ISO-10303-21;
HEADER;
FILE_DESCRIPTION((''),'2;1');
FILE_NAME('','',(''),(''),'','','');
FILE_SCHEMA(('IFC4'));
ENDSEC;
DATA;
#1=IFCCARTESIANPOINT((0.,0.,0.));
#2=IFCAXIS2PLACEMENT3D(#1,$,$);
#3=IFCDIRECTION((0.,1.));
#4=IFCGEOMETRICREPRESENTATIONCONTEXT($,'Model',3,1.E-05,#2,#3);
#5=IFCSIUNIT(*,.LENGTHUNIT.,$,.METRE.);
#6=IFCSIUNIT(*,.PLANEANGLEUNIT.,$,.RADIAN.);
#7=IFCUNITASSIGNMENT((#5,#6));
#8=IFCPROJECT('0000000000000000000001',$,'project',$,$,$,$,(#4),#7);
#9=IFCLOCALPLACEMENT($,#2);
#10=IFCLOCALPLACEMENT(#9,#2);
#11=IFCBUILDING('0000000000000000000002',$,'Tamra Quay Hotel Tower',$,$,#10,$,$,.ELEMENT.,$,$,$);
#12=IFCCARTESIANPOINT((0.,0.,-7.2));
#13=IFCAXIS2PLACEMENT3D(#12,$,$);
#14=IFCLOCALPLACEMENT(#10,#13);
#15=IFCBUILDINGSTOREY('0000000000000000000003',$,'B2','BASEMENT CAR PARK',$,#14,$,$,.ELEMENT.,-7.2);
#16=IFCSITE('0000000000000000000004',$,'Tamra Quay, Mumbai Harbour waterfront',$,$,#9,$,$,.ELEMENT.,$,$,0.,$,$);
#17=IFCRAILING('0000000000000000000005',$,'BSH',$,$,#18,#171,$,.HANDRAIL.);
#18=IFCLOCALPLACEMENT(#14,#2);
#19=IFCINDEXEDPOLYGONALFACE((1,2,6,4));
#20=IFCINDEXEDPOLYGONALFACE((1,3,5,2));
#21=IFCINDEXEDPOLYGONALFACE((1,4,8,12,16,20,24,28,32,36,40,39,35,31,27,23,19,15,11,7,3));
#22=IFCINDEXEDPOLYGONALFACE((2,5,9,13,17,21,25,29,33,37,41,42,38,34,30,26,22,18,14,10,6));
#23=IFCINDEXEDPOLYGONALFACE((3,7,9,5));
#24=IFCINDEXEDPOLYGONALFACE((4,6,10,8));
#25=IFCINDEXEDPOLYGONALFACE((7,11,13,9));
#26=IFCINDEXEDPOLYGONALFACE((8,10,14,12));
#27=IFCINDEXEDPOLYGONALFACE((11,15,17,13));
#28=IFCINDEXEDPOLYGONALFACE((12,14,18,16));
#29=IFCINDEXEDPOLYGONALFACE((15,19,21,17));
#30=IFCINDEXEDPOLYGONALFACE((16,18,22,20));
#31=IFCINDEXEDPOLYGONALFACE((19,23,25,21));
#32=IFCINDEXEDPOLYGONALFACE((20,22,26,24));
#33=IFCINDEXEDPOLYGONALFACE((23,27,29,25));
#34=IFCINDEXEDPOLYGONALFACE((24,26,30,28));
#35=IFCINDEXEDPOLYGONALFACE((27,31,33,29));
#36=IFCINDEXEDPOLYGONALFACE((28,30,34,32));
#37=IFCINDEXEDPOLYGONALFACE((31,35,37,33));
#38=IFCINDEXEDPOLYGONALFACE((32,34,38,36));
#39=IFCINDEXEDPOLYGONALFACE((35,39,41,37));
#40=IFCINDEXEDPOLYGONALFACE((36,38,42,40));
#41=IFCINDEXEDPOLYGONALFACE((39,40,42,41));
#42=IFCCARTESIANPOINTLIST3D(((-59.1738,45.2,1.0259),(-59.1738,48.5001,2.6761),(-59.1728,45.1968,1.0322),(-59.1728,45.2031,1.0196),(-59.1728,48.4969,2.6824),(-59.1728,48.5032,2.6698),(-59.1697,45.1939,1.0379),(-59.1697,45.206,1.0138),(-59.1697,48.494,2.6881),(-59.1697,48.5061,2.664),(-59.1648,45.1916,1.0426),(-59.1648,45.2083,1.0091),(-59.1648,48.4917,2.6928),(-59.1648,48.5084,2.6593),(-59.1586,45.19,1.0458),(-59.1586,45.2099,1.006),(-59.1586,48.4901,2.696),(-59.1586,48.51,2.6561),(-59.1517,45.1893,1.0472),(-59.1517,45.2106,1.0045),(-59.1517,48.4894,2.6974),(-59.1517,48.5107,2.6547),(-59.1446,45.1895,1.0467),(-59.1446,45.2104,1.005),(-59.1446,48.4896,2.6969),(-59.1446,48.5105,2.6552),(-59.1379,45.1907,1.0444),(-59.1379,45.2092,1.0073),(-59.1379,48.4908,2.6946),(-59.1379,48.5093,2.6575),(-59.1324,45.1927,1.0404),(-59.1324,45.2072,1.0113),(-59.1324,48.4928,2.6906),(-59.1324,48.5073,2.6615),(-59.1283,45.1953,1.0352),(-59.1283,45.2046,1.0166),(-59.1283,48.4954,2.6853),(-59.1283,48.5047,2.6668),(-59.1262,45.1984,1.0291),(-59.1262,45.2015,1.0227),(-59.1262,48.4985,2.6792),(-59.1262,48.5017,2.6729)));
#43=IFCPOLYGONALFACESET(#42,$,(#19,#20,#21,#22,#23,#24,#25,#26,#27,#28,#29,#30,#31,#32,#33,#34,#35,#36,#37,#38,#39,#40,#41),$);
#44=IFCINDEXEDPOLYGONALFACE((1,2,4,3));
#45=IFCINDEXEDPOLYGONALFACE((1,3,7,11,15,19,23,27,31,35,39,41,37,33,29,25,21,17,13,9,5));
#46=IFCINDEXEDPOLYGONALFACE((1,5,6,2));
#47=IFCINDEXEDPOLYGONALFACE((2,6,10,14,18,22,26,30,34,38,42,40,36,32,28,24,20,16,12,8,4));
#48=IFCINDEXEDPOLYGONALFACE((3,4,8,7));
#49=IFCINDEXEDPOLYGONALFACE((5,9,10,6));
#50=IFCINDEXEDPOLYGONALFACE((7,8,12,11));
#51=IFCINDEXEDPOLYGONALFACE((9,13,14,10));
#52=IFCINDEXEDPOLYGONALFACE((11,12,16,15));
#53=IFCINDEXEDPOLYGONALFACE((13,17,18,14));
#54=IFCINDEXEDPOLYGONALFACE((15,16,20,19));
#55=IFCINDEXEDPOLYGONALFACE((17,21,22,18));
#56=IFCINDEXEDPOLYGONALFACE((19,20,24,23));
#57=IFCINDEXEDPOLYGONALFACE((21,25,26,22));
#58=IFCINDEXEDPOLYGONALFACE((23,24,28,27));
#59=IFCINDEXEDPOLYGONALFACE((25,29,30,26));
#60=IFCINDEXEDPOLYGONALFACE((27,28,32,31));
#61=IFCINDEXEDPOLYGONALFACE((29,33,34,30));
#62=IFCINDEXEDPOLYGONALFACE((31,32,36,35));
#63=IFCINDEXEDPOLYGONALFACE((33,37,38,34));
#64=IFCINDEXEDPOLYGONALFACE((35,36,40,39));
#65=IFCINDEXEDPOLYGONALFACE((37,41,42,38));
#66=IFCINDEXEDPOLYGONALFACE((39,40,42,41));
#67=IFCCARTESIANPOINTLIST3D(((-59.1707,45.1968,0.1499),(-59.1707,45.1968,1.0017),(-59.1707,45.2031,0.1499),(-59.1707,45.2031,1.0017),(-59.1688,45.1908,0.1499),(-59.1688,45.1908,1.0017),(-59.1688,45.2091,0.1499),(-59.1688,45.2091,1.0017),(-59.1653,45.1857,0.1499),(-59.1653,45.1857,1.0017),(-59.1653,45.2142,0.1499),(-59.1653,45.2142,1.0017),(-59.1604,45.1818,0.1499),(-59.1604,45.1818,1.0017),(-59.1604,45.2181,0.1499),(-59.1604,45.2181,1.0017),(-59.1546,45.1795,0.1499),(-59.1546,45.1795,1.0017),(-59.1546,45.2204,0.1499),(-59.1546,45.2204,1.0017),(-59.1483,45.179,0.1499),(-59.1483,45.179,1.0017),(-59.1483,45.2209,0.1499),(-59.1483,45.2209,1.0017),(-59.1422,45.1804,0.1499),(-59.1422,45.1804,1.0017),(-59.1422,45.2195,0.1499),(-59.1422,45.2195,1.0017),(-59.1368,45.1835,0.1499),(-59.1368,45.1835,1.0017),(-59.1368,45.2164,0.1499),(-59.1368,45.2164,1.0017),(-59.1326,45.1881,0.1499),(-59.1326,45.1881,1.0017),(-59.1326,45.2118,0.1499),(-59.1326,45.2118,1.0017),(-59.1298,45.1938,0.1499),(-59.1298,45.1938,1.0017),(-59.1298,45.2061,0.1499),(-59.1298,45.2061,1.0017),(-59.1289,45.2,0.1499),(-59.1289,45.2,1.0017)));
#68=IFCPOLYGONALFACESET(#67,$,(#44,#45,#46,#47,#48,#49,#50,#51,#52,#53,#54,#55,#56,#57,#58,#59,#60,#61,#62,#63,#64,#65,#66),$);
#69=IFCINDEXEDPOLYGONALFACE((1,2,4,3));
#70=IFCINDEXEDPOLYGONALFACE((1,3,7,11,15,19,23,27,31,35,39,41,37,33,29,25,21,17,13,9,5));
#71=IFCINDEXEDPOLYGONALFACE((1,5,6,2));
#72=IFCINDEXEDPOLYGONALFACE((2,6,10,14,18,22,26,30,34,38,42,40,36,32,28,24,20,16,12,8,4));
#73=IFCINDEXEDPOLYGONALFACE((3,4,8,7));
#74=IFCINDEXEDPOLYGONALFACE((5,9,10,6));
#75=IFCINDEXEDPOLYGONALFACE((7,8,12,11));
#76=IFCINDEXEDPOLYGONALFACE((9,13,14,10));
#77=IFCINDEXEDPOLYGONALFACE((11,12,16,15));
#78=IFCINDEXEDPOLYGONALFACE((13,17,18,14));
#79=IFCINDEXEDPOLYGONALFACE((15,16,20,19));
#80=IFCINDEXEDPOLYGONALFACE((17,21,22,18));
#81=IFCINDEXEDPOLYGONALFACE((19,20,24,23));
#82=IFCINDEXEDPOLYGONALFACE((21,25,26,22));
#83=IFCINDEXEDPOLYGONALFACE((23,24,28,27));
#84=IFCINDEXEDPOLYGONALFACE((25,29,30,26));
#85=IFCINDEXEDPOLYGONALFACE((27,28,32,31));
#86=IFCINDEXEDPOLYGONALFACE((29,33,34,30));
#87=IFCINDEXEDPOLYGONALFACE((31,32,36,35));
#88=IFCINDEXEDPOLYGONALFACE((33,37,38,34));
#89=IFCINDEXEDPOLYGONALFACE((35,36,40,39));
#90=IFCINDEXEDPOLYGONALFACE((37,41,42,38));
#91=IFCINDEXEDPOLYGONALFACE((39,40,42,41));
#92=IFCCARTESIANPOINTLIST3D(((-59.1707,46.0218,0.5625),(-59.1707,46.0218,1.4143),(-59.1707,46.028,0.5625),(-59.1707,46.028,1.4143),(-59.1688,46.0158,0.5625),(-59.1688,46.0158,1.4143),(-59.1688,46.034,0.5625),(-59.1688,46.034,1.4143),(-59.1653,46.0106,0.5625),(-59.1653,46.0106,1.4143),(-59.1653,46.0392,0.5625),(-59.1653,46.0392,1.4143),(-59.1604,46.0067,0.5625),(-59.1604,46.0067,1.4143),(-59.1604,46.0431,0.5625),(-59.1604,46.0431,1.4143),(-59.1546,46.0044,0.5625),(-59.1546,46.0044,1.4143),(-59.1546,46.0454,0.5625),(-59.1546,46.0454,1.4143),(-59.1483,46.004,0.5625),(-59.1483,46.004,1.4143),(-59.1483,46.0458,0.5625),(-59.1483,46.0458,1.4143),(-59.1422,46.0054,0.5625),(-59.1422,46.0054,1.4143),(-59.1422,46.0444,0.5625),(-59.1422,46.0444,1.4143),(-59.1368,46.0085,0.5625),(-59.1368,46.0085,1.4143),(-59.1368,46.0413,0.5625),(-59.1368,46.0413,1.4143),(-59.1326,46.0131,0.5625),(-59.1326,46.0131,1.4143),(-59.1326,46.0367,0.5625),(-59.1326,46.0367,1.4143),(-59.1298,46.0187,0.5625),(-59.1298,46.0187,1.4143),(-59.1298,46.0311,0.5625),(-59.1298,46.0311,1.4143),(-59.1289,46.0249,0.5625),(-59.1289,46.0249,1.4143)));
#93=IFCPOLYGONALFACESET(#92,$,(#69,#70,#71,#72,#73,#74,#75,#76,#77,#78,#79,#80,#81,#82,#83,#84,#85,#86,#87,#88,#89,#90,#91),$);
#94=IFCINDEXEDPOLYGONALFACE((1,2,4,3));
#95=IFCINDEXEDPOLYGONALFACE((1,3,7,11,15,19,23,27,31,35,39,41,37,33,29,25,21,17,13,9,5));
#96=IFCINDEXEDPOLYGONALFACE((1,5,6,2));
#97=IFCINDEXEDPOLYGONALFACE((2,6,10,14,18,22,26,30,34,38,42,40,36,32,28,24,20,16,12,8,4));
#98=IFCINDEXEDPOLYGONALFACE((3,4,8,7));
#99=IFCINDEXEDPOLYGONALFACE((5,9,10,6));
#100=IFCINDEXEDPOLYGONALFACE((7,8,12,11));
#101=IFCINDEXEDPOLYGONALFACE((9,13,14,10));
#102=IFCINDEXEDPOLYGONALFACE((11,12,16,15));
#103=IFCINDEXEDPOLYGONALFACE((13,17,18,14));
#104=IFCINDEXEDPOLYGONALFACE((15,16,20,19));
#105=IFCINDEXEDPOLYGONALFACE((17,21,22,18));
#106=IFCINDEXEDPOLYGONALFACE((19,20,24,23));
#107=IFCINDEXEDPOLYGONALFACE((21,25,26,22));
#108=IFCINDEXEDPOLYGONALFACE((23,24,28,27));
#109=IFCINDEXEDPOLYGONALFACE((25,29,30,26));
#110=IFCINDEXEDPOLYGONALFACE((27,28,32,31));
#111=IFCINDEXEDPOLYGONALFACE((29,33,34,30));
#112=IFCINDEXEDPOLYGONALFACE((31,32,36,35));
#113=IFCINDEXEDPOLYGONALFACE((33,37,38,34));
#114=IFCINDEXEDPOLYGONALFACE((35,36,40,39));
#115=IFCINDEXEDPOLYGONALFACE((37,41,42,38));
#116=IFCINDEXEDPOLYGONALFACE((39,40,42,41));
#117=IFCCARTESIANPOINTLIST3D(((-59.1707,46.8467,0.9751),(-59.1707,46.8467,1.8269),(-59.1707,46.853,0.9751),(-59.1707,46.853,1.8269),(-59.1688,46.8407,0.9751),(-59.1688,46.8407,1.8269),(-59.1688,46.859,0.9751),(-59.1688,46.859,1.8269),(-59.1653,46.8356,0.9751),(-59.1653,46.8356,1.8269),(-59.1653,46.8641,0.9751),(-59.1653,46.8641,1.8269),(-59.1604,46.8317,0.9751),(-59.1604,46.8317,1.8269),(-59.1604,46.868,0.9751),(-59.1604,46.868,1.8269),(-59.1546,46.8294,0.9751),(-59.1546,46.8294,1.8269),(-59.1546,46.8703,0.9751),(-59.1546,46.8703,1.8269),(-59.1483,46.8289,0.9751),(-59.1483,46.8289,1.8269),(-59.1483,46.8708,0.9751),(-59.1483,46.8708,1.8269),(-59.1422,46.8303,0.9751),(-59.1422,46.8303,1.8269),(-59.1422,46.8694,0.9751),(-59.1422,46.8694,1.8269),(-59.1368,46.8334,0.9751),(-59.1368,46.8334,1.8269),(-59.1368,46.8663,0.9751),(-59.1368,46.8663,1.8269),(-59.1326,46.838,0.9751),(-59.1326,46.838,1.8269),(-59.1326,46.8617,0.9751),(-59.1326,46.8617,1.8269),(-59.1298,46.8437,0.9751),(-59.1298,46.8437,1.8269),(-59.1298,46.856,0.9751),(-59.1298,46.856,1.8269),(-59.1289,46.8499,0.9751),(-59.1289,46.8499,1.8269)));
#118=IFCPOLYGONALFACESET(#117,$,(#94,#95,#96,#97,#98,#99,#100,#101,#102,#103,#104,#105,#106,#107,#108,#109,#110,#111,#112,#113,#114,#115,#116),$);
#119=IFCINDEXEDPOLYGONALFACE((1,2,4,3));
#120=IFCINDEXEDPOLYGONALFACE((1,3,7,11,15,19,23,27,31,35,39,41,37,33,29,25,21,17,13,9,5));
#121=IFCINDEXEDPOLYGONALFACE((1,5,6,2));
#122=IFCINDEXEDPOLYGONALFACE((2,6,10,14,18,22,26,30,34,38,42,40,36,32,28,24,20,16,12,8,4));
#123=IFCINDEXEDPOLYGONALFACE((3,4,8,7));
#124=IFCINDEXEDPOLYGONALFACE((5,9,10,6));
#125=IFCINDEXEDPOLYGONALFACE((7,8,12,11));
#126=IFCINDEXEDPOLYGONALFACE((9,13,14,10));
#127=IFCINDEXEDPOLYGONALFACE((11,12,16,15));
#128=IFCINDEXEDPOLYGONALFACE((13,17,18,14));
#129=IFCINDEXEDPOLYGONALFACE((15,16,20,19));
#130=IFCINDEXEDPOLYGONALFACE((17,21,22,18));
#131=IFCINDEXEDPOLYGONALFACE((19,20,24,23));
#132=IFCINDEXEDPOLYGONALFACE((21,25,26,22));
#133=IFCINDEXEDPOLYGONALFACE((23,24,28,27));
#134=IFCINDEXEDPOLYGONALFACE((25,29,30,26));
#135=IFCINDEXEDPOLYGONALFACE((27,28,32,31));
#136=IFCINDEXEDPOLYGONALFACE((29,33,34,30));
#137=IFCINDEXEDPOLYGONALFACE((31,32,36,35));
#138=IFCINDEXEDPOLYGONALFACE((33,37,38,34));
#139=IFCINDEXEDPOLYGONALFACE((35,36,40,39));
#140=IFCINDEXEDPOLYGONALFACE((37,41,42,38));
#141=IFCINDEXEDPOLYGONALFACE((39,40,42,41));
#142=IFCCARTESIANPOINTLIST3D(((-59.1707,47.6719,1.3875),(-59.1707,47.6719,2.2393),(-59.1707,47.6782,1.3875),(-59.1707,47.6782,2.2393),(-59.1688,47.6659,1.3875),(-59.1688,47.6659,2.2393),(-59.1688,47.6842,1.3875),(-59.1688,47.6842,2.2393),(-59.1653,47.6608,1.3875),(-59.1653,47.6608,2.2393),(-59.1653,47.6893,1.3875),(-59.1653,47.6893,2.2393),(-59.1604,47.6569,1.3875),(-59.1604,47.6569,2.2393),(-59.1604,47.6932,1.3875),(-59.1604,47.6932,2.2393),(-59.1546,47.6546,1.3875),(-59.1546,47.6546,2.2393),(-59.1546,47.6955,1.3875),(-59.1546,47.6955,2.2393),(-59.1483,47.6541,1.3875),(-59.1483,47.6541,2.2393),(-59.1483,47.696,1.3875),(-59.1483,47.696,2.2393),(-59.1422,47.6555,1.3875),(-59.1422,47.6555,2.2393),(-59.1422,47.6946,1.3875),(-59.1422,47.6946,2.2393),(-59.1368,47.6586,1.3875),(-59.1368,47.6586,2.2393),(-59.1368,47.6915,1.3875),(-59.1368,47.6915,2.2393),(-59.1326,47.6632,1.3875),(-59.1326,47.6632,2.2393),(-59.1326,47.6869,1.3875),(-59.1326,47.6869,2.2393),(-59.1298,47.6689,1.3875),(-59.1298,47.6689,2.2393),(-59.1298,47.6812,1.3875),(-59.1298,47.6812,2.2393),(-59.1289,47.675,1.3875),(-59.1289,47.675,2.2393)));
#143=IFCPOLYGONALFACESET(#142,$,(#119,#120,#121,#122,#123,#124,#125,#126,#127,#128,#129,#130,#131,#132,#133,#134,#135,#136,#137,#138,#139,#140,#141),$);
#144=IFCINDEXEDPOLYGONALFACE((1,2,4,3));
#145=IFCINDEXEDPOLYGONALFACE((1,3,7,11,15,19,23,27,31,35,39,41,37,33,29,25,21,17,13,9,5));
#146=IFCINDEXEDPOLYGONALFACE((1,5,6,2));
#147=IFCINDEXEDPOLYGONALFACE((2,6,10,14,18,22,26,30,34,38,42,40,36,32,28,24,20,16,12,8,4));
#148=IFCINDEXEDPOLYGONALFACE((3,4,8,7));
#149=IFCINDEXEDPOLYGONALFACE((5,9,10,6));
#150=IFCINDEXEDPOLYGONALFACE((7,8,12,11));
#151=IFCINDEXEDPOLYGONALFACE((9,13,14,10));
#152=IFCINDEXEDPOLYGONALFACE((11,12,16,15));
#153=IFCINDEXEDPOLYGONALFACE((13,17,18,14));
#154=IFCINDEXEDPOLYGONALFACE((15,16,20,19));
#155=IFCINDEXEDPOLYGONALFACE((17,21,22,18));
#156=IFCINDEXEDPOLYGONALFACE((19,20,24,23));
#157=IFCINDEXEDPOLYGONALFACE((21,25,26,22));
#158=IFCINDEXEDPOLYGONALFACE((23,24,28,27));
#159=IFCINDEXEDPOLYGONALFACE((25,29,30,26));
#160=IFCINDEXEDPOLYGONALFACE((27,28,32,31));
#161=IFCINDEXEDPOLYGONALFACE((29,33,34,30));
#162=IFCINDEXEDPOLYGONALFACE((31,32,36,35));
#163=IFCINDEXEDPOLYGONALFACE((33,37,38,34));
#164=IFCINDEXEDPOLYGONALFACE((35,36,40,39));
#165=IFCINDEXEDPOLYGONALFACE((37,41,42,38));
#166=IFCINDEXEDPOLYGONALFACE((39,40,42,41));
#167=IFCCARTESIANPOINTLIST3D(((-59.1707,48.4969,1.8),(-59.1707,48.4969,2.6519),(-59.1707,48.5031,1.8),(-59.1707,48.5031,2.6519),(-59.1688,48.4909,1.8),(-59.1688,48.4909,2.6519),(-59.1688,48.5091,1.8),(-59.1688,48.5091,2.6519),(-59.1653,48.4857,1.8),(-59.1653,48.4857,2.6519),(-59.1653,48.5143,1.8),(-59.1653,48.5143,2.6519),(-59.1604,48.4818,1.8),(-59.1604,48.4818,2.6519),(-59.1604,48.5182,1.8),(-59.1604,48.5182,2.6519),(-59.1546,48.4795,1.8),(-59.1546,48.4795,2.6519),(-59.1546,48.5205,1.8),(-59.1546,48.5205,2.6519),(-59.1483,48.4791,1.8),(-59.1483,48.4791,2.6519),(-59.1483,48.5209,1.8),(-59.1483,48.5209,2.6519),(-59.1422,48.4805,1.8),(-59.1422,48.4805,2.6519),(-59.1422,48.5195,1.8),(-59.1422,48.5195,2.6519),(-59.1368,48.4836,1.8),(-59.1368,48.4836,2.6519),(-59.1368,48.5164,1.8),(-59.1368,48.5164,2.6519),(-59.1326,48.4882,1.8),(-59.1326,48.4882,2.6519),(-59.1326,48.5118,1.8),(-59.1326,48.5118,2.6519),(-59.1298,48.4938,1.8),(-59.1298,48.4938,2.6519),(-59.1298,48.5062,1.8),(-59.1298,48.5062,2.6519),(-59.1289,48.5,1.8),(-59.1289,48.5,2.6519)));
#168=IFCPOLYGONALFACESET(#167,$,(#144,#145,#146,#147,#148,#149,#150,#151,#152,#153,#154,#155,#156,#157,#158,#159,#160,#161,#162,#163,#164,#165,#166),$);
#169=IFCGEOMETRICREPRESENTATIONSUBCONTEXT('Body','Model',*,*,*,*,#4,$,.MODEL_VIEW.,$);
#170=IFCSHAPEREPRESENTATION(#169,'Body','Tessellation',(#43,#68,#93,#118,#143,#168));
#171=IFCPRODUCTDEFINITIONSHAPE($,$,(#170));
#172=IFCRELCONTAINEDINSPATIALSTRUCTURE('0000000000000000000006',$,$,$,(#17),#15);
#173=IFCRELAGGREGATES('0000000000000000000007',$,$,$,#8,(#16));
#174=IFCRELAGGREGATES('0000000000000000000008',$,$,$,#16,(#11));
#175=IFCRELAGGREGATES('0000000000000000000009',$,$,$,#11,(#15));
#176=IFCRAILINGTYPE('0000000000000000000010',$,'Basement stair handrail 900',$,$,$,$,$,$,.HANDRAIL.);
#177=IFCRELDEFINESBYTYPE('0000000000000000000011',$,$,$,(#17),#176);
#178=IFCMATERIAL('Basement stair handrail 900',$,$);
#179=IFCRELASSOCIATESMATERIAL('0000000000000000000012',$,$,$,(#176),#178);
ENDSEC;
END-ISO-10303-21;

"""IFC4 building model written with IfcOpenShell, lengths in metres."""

from ifc_helpers import new_model, si_unit, direction, frame, origin, origin_2d, place, context, subcontext, project, spatial, circle, extrude, material, type_object, element, save


model = new_model("IFC4")

# Units and contexts
model_context = context("Model", 3, precision=1e-05, world=origin(), true_north=direction((0.0, 1.0)))
body_context = subcontext(model_context, "Body", "Model", "MODEL_VIEW")
ifc_project = project(units=[si_unit("LENGTHUNIT", "METRE"), si_unit("PLANEANGLEUNIT", "RADIAN")], contexts=[model_context])

# Site, building, storey
site_placement = place(None, origin())
site = spatial("IfcSite", under=ifc_project, at=site_placement, Name="Tamra Quay, Mumbai Harbour waterfront", CompositionType="ELEMENT", RefElevation=0.0)
building_placement = place(site_placement, origin())
building = spatial("IfcBuilding", under=site, at=building_placement, Name="Tamra Quay Hotel Tower", CompositionType="ELEMENT")
storey_placement = place(building_placement, frame((0.0, 0.0, -7.2)))
storey = spatial("IfcBuildingStorey", under=building, at=storey_placement, Name="B2", Description="BASEMENT CAR PARK", CompositionType="ELEMENT", Elevation=-7.2)

# Railing
ifc_material_1 = material(Name="Basement stair handrail 900")
railing_type_1 = type_object("IfcRailingType", Name="Basement stair handrail 900", PredefinedType="HANDRAIL", material=ifc_material_1)
for number, where, name in (
    (1, (-59.1499, 45.2, 0.1499), "BSH"),
):
    element("IfcRailing", number, at=place(storey_placement, frame(where)), inside=storey, type_object=railing_type_1, Name=name, PredefinedType="HANDRAIL", context=body_context, shape_type="SweptSolid", body=[
        extrude(circle(Radius=0.0239, at=origin_2d()), frame((0.0, 0.0, 0.876), z_axis=(0.0, 0.894414, 0.44724), x_axis=(-1.0, 0.0, 0.0)), (0.0, 0.0, 1.0), 3.6897),
        extrude(circle(Radius=0.021, at=origin_2d()), origin(), (0.0, 0.0, 1.0), 0.8518),
        extrude(circle(Radius=0.021, at=origin_2d()), frame((0.0, 0.825, 0.4126)), (0.0, 0.0, 1.0), 0.8518),
        extrude(circle(Radius=0.021, at=origin_2d()), frame((0.0, 1.6499, 0.8252)), (0.0, 0.0, 1.0), 0.8518),
        extrude(circle(Radius=0.021, at=origin_2d()), frame((0.0, 2.4751, 1.2375)), (0.0, 0.0, 1.0), 0.8518),
        extrude(circle(Radius=0.021, at=origin_2d()), frame((0.0, 3.3, 1.6501)), (0.0, 0.0, 1.0), 0.8518),
    ])

save(model, "model.ifc")
